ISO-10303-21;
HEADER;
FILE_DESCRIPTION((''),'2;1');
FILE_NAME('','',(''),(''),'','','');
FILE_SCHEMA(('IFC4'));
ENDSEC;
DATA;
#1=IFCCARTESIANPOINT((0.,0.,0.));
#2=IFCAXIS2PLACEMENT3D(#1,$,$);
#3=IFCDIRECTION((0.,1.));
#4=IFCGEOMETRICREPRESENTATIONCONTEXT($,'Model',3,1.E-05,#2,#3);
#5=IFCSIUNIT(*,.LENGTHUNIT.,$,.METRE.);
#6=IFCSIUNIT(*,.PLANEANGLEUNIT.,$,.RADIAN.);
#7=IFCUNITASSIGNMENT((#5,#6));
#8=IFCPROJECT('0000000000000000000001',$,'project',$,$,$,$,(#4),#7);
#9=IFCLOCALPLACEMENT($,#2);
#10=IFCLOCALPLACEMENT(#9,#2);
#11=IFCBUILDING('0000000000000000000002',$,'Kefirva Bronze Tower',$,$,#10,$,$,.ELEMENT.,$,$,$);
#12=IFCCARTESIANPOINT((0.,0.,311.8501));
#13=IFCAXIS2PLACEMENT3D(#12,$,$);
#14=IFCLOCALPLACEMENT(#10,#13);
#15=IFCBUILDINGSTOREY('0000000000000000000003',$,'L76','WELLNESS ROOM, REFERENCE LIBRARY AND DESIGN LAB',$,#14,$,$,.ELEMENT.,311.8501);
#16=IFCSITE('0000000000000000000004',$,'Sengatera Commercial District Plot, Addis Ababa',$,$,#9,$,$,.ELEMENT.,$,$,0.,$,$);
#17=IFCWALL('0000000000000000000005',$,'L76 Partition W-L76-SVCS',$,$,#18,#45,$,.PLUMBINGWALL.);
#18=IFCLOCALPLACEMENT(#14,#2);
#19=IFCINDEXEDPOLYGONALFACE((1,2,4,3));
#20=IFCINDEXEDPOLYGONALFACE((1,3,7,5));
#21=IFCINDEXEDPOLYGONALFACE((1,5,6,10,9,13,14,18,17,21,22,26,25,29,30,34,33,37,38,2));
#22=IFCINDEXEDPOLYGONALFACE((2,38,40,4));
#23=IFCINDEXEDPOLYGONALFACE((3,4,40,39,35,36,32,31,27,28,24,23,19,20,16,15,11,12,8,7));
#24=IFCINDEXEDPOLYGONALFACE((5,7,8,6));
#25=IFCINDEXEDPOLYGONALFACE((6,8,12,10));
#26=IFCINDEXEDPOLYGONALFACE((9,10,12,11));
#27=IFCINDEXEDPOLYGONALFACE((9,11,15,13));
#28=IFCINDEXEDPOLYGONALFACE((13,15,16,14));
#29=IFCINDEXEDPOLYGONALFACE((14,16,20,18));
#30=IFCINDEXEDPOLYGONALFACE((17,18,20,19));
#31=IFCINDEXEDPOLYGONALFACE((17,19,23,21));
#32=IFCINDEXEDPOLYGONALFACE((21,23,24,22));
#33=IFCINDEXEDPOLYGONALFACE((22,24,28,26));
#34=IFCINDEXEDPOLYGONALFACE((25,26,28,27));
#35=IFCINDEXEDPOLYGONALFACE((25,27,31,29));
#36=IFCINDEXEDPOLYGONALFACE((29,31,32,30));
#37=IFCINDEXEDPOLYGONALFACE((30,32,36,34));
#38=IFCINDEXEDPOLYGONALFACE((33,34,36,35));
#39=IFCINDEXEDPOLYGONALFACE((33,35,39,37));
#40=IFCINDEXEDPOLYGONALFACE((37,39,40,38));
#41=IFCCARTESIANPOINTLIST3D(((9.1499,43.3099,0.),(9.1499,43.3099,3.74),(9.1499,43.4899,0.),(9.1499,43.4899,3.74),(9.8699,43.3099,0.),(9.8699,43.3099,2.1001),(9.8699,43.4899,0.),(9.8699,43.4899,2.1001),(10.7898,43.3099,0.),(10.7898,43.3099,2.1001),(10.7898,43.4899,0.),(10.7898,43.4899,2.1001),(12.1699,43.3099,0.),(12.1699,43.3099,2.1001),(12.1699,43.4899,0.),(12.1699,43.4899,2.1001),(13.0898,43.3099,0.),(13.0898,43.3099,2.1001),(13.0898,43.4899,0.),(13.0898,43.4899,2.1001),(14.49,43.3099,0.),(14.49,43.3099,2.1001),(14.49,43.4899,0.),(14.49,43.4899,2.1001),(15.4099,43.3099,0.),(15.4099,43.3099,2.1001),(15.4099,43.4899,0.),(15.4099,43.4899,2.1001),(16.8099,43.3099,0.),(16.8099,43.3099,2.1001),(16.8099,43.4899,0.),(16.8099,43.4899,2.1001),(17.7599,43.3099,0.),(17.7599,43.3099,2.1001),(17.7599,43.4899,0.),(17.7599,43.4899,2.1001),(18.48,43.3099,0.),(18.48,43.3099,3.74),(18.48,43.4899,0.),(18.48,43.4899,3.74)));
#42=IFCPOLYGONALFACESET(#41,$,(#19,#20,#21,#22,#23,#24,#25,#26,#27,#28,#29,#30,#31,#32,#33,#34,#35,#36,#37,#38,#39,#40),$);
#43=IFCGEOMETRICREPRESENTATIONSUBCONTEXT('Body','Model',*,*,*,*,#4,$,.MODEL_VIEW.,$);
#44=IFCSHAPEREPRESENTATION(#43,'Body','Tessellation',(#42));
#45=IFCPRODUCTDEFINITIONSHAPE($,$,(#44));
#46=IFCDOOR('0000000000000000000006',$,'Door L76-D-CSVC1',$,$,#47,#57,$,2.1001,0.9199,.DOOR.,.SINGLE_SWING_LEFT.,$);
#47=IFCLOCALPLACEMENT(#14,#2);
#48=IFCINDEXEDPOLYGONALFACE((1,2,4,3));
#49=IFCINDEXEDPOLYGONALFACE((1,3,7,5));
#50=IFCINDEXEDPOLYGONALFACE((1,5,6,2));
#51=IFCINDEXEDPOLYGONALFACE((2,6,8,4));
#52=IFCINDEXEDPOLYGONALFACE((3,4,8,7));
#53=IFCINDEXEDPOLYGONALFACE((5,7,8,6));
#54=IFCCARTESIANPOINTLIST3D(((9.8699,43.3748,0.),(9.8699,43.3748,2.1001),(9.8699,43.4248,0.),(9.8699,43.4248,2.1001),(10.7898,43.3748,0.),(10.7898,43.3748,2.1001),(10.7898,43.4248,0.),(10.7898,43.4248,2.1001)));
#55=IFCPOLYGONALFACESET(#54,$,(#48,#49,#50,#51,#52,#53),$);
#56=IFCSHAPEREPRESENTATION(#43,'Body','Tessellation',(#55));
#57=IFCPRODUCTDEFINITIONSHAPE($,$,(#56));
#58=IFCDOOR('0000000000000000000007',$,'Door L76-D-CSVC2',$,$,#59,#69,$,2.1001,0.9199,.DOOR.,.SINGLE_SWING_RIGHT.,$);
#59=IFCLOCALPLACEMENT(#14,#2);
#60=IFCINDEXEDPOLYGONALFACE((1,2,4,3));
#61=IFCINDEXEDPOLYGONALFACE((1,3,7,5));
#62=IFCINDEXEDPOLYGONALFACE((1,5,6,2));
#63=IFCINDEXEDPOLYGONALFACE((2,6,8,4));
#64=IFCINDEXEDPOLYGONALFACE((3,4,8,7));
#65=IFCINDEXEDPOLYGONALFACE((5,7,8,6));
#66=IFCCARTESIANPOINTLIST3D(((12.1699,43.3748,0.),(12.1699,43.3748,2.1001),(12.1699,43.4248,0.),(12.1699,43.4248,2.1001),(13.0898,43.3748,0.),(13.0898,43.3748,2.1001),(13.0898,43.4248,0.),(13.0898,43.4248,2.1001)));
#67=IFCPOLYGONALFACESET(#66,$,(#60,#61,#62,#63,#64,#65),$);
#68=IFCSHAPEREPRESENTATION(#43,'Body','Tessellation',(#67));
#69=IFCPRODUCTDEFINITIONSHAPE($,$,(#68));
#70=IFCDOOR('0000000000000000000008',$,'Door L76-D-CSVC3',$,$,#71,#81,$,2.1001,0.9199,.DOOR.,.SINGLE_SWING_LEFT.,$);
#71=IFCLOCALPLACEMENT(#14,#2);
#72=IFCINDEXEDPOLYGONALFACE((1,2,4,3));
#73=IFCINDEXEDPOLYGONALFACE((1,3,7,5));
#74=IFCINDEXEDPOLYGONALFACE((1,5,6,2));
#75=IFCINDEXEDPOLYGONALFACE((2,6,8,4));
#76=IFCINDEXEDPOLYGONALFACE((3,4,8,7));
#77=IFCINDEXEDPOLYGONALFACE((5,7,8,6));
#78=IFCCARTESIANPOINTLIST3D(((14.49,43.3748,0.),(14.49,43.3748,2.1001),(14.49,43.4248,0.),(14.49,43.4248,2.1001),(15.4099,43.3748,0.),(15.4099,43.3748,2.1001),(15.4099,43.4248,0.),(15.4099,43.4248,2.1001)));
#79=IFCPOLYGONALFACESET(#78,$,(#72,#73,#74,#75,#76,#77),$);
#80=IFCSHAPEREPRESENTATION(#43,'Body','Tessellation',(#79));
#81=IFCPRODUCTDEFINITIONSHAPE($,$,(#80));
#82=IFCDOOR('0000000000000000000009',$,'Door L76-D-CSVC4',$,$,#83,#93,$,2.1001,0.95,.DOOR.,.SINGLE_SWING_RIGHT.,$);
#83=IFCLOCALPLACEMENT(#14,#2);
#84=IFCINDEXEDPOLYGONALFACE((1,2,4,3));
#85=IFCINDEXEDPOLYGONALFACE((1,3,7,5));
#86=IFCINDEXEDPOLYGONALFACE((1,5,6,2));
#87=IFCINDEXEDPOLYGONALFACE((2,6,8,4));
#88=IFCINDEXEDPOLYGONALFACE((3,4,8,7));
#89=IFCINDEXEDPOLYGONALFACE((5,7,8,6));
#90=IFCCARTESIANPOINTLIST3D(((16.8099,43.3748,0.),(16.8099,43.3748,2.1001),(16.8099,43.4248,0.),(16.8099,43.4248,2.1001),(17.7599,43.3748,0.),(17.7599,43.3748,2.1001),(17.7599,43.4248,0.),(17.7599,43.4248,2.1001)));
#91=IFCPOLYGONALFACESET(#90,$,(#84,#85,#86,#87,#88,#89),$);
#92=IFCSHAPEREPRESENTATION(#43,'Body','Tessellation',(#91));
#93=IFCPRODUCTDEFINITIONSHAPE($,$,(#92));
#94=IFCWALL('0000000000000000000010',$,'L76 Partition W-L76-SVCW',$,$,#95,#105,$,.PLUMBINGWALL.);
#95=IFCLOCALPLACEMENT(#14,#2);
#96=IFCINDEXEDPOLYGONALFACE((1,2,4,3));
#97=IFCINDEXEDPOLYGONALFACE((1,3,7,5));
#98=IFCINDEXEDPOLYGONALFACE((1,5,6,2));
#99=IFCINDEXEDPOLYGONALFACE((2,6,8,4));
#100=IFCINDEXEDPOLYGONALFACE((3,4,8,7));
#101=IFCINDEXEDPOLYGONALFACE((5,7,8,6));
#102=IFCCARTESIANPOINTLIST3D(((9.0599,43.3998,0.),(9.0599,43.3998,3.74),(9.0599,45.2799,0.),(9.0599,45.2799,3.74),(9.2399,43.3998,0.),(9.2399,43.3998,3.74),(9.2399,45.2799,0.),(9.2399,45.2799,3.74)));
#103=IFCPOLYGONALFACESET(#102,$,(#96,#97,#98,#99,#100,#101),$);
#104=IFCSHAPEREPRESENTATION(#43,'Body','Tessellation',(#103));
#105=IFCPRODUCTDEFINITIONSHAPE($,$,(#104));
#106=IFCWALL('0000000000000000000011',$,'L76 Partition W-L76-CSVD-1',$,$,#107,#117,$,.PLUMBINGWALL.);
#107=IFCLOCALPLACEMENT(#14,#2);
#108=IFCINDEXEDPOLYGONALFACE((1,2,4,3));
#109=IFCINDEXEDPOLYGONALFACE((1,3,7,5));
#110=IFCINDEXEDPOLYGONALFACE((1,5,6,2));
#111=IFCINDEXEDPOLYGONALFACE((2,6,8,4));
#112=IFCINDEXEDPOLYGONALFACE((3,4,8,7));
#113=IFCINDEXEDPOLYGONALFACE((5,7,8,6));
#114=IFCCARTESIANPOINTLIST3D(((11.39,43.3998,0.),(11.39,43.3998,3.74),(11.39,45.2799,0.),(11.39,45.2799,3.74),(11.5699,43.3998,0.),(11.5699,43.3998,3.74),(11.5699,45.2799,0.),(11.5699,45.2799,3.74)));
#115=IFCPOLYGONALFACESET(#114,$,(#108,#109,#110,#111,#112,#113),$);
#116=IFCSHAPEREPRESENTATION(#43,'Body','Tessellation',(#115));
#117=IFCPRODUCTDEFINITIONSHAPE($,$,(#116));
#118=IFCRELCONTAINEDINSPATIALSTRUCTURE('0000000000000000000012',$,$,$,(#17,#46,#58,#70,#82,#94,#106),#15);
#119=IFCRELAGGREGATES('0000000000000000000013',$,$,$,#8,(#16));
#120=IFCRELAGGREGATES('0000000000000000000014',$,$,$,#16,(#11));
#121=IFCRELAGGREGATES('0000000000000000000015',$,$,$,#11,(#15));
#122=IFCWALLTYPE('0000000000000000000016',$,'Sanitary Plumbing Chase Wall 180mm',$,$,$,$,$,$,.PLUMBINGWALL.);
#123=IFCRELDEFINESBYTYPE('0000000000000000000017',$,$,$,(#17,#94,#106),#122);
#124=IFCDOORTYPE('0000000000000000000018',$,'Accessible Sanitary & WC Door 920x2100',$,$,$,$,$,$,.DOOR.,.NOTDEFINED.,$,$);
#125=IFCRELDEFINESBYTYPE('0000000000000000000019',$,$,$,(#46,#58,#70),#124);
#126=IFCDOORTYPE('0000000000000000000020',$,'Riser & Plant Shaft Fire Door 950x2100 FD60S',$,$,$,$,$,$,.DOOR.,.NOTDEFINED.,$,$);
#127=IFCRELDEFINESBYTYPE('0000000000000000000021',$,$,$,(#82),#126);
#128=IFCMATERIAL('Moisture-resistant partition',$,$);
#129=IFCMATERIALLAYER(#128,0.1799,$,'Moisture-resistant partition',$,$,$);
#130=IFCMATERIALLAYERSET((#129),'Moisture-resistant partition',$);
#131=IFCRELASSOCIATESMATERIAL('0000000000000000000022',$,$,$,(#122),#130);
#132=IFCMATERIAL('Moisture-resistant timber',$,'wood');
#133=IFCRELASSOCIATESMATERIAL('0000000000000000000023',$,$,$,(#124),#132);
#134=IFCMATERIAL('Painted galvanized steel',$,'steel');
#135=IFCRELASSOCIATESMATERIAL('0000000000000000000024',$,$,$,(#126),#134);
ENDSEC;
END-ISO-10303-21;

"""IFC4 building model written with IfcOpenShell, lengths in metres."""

from ifc_helpers import new_model, si_unit, direction, frame, frame_2d, origin, place, context, subcontext, project, spatial, rectangle, extrude, material, layer, layer_set, type_object, element, fill, save


model = new_model("IFC4")

# Units and contexts
model_context = context("Model", 3, precision=1e-05, world=origin(), true_north=direction((0.0, 1.0)))
body_context = subcontext(model_context, "Body", "Model", "MODEL_VIEW")
ifc_project = project(units=[si_unit("LENGTHUNIT", "METRE"), si_unit("PLANEANGLEUNIT", "RADIAN")], contexts=[model_context])

# Site, building, storey
site_placement = place(None, origin())
site = spatial("IfcSite", under=ifc_project, at=site_placement, Name="Sengatera Commercial District Plot, Addis Ababa", CompositionType="ELEMENT", RefElevation=0.0)
building_placement = place(site_placement, origin())
building = spatial("IfcBuilding", under=site, at=building_placement, Name="Kefirva Bronze Tower", CompositionType="ELEMENT")
storey_placement = place(building_placement, frame((0.0, 0.0, 311.8501)))
storey = spatial("IfcBuildingStorey", under=building, at=storey_placement, Name="L76", Description="WELLNESS ROOM, REFERENCE LIBRARY AND DESIGN LAB", CompositionType="ELEMENT", Elevation=311.8501)

# Wall, openings, doors
ifc_material_1 = material(Name="Moisture-resistant partition")
ifc_layer_1 = layer(ifc_material_1, 0.1799, Name="Moisture-resistant partition")
ifc_layer_set_1 = layer_set([ifc_layer_1], Name="Moisture-resistant partition")
wall_type_1 = type_object("IfcWallType", Name="Sanitary Plumbing Chase Wall 180mm", PredefinedType="PLUMBINGWALL", material=ifc_layer_set_1)
wall_1_placement = place(storey_placement, frame((9.1499, 43.3999, 0.0), z_axis=(0.0, 0.0, 1.0), x_axis=(1.0, 0.0, 0.0)))
wall_1 = element("IfcWall", 1, at=wall_1_placement, inside=storey, type_object=wall_type_1, Name="L76 Partition W-L76-SVCS", PredefinedType="PLUMBINGWALL", context=body_context, shape_type="SweptSolid", body=[
    extrude(rectangle(XDim=9.3301, YDim=0.1799, at=frame_2d((4.665, 0.0))), origin(), (0.0, 0.0, 1.0), 3.74),
])
opening_1_placement = place(wall_1_placement, frame((0.72, 0.0, 0.0)))
opening_1 = element("IfcOpeningElement", 2, at=opening_1_placement, cuts=wall_1, PredefinedType="OPENING", context=body_context, shape_type="SweptSolid", body=[
    extrude(rectangle(XDim=0.9199, YDim=2.1001, at=frame_2d((0.46, 1.05))), frame((0.0, 0.1001, 0.0), z_axis=(0.0, -1.0, 0.0), x_axis=(1.0, 0.0, 0.0)), (0.0, 0.0, 1.0), 0.2),
])
opening_2_placement = place(wall_1_placement, frame((3.02, 0.0, 0.0)))
opening_2 = element("IfcOpeningElement", 3, at=opening_2_placement, cuts=wall_1, PredefinedType="OPENING", context=body_context, shape_type="SweptSolid", body=[
    extrude(rectangle(XDim=0.9199, YDim=2.1001, at=frame_2d((0.46, 1.05))), frame((0.0, 0.1001, 0.0), z_axis=(0.0, -1.0, 0.0), x_axis=(1.0, 0.0, 0.0)), (0.0, 0.0, 1.0), 0.2),
])
opening_3_placement = place(wall_1_placement, frame((5.3401, 0.0, 0.0)))
opening_3 = element("IfcOpeningElement", 4, at=opening_3_placement, cuts=wall_1, PredefinedType="OPENING", context=body_context, shape_type="SweptSolid", body=[
    extrude(rectangle(XDim=0.9199, YDim=2.1001, at=frame_2d((0.46, 1.05))), frame((0.0, 0.1001, 0.0), z_axis=(0.0, -1.0, 0.0), x_axis=(1.0, 0.0, 0.0)), (0.0, 0.0, 1.0), 0.2),
])
opening_4_placement = place(wall_1_placement, frame((7.6599, 0.0, 0.0)))
opening_4 = element("IfcOpeningElement", 5, at=opening_4_placement, cuts=wall_1, PredefinedType="OPENING", context=body_context, shape_type="SweptSolid", body=[
    extrude(rectangle(XDim=0.95, YDim=2.1001, at=frame_2d((0.4751, 1.05))), frame((0.0, 0.1001, 0.0), z_axis=(0.0, -1.0, 0.0), x_axis=(1.0, 0.0, 0.0)), (0.0, 0.0, 1.0), 0.2),
])
ifc_material_2 = material(Name="Moisture-resistant timber", Category="wood")
door_type_1 = type_object("IfcDoorType", Name="Accessible Sanitary & WC Door 920x2100", OperationType="NOTDEFINED", PredefinedType="DOOR", material=ifc_material_2)
door_1_placement = place(opening_1_placement, origin())
door_1 = element("IfcDoor", 6, at=door_1_placement, inside=storey, type_object=door_type_1, Name="Door L76-D-CSVC1", OperationType="SINGLE_SWING_LEFT", OverallHeight=2.1001, OverallWidth=0.9199, PredefinedType="DOOR", context=body_context, shape_type="SweptSolid", body=[
    extrude(rectangle(XDim=0.9199, YDim=2.1001, at=frame_2d((0.46, 1.05))), frame((0.0, 0.0249, 0.0), z_axis=(0.0, -1.0, 0.0), x_axis=(1.0, 0.0, 0.0)), (0.0, 0.0, 1.0), 0.05),
])
fill(opening_1, door_1)
door_2_placement = place(opening_2_placement, origin())
door_2 = element("IfcDoor", 7, at=door_2_placement, inside=storey, type_object=door_type_1, Name="Door L76-D-CSVC2", OperationType="SINGLE_SWING_RIGHT", OverallHeight=2.1001, OverallWidth=0.9199, PredefinedType="DOOR", context=body_context, shape_type="SweptSolid", body=[
    extrude(rectangle(XDim=0.9199, YDim=2.1001, at=frame_2d((0.46, 1.05))), frame((0.0, 0.0249, 0.0), z_axis=(0.0, -1.0, 0.0), x_axis=(1.0, 0.0, 0.0)), (0.0, 0.0, 1.0), 0.05),
])
fill(opening_2, door_2)
door_3_placement = place(opening_3_placement, origin())
door_3 = element("IfcDoor", 8, at=door_3_placement, inside=storey, type_object=door_type_1, Name="Door L76-D-CSVC3", OperationType="SINGLE_SWING_LEFT", OverallHeight=2.1001, OverallWidth=0.9199, PredefinedType="DOOR", context=body_context, shape_type="SweptSolid", body=[
    extrude(rectangle(XDim=0.9199, YDim=2.1001, at=frame_2d((0.46, 1.05))), frame((0.0, 0.0249, 0.0), z_axis=(0.0, -1.0, 0.0), x_axis=(1.0, 0.0, 0.0)), (0.0, 0.0, 1.0), 0.05),
])
fill(opening_3, door_3)
ifc_material_3 = material(Name="Painted galvanized steel", Category="steel")
door_type_2 = type_object("IfcDoorType", Name="Riser & Plant Shaft Fire Door 950x2100 FD60S", OperationType="NOTDEFINED", PredefinedType="DOOR", material=ifc_material_3)
door_4_placement = place(opening_4_placement, origin())
door_4 = element("IfcDoor", 9, at=door_4_placement, inside=storey, type_object=door_type_2, Name="Door L76-D-CSVC4", OperationType="SINGLE_SWING_RIGHT", OverallHeight=2.1001, OverallWidth=0.95, PredefinedType="DOOR", context=body_context, shape_type="SweptSolid", body=[
    extrude(rectangle(XDim=0.95, YDim=2.1001, at=frame_2d((0.4751, 1.05))), frame((0.0, 0.0249, 0.0), z_axis=(0.0, -1.0, 0.0), x_axis=(1.0, 0.0, 0.0)), (0.0, 0.0, 1.0), 0.05),
])
fill(opening_4, door_4)

# Walls
for number, where, z_axis, x_axis, name in (
    (10, (9.1499, 43.3999, 0.0), (0.0, 0.0, 1.0), (0.0, 1.0, 0.0), "L76 Partition W-L76-SVCW"),
    (11, (11.48, 43.3999, 0.0), (0.0, 0.0, 1.0), (0.0, 1.0, 0.0), "L76 Partition W-L76-CSVD-1"),
):
    element("IfcWall", number, at=place(storey_placement, frame(where, z_axis=z_axis, x_axis=x_axis)), inside=storey, type_object=wall_type_1, Name=name, PredefinedType="PLUMBINGWALL", context=body_context, shape_type="SweptSolid", body=[
        extrude(rectangle(XDim=1.8801, YDim=0.1799, at=frame_2d((0.9399, 0.0))), origin(), (0.0, 0.0, 1.0), 3.74),
    ])

save(model, "model.ifc")
